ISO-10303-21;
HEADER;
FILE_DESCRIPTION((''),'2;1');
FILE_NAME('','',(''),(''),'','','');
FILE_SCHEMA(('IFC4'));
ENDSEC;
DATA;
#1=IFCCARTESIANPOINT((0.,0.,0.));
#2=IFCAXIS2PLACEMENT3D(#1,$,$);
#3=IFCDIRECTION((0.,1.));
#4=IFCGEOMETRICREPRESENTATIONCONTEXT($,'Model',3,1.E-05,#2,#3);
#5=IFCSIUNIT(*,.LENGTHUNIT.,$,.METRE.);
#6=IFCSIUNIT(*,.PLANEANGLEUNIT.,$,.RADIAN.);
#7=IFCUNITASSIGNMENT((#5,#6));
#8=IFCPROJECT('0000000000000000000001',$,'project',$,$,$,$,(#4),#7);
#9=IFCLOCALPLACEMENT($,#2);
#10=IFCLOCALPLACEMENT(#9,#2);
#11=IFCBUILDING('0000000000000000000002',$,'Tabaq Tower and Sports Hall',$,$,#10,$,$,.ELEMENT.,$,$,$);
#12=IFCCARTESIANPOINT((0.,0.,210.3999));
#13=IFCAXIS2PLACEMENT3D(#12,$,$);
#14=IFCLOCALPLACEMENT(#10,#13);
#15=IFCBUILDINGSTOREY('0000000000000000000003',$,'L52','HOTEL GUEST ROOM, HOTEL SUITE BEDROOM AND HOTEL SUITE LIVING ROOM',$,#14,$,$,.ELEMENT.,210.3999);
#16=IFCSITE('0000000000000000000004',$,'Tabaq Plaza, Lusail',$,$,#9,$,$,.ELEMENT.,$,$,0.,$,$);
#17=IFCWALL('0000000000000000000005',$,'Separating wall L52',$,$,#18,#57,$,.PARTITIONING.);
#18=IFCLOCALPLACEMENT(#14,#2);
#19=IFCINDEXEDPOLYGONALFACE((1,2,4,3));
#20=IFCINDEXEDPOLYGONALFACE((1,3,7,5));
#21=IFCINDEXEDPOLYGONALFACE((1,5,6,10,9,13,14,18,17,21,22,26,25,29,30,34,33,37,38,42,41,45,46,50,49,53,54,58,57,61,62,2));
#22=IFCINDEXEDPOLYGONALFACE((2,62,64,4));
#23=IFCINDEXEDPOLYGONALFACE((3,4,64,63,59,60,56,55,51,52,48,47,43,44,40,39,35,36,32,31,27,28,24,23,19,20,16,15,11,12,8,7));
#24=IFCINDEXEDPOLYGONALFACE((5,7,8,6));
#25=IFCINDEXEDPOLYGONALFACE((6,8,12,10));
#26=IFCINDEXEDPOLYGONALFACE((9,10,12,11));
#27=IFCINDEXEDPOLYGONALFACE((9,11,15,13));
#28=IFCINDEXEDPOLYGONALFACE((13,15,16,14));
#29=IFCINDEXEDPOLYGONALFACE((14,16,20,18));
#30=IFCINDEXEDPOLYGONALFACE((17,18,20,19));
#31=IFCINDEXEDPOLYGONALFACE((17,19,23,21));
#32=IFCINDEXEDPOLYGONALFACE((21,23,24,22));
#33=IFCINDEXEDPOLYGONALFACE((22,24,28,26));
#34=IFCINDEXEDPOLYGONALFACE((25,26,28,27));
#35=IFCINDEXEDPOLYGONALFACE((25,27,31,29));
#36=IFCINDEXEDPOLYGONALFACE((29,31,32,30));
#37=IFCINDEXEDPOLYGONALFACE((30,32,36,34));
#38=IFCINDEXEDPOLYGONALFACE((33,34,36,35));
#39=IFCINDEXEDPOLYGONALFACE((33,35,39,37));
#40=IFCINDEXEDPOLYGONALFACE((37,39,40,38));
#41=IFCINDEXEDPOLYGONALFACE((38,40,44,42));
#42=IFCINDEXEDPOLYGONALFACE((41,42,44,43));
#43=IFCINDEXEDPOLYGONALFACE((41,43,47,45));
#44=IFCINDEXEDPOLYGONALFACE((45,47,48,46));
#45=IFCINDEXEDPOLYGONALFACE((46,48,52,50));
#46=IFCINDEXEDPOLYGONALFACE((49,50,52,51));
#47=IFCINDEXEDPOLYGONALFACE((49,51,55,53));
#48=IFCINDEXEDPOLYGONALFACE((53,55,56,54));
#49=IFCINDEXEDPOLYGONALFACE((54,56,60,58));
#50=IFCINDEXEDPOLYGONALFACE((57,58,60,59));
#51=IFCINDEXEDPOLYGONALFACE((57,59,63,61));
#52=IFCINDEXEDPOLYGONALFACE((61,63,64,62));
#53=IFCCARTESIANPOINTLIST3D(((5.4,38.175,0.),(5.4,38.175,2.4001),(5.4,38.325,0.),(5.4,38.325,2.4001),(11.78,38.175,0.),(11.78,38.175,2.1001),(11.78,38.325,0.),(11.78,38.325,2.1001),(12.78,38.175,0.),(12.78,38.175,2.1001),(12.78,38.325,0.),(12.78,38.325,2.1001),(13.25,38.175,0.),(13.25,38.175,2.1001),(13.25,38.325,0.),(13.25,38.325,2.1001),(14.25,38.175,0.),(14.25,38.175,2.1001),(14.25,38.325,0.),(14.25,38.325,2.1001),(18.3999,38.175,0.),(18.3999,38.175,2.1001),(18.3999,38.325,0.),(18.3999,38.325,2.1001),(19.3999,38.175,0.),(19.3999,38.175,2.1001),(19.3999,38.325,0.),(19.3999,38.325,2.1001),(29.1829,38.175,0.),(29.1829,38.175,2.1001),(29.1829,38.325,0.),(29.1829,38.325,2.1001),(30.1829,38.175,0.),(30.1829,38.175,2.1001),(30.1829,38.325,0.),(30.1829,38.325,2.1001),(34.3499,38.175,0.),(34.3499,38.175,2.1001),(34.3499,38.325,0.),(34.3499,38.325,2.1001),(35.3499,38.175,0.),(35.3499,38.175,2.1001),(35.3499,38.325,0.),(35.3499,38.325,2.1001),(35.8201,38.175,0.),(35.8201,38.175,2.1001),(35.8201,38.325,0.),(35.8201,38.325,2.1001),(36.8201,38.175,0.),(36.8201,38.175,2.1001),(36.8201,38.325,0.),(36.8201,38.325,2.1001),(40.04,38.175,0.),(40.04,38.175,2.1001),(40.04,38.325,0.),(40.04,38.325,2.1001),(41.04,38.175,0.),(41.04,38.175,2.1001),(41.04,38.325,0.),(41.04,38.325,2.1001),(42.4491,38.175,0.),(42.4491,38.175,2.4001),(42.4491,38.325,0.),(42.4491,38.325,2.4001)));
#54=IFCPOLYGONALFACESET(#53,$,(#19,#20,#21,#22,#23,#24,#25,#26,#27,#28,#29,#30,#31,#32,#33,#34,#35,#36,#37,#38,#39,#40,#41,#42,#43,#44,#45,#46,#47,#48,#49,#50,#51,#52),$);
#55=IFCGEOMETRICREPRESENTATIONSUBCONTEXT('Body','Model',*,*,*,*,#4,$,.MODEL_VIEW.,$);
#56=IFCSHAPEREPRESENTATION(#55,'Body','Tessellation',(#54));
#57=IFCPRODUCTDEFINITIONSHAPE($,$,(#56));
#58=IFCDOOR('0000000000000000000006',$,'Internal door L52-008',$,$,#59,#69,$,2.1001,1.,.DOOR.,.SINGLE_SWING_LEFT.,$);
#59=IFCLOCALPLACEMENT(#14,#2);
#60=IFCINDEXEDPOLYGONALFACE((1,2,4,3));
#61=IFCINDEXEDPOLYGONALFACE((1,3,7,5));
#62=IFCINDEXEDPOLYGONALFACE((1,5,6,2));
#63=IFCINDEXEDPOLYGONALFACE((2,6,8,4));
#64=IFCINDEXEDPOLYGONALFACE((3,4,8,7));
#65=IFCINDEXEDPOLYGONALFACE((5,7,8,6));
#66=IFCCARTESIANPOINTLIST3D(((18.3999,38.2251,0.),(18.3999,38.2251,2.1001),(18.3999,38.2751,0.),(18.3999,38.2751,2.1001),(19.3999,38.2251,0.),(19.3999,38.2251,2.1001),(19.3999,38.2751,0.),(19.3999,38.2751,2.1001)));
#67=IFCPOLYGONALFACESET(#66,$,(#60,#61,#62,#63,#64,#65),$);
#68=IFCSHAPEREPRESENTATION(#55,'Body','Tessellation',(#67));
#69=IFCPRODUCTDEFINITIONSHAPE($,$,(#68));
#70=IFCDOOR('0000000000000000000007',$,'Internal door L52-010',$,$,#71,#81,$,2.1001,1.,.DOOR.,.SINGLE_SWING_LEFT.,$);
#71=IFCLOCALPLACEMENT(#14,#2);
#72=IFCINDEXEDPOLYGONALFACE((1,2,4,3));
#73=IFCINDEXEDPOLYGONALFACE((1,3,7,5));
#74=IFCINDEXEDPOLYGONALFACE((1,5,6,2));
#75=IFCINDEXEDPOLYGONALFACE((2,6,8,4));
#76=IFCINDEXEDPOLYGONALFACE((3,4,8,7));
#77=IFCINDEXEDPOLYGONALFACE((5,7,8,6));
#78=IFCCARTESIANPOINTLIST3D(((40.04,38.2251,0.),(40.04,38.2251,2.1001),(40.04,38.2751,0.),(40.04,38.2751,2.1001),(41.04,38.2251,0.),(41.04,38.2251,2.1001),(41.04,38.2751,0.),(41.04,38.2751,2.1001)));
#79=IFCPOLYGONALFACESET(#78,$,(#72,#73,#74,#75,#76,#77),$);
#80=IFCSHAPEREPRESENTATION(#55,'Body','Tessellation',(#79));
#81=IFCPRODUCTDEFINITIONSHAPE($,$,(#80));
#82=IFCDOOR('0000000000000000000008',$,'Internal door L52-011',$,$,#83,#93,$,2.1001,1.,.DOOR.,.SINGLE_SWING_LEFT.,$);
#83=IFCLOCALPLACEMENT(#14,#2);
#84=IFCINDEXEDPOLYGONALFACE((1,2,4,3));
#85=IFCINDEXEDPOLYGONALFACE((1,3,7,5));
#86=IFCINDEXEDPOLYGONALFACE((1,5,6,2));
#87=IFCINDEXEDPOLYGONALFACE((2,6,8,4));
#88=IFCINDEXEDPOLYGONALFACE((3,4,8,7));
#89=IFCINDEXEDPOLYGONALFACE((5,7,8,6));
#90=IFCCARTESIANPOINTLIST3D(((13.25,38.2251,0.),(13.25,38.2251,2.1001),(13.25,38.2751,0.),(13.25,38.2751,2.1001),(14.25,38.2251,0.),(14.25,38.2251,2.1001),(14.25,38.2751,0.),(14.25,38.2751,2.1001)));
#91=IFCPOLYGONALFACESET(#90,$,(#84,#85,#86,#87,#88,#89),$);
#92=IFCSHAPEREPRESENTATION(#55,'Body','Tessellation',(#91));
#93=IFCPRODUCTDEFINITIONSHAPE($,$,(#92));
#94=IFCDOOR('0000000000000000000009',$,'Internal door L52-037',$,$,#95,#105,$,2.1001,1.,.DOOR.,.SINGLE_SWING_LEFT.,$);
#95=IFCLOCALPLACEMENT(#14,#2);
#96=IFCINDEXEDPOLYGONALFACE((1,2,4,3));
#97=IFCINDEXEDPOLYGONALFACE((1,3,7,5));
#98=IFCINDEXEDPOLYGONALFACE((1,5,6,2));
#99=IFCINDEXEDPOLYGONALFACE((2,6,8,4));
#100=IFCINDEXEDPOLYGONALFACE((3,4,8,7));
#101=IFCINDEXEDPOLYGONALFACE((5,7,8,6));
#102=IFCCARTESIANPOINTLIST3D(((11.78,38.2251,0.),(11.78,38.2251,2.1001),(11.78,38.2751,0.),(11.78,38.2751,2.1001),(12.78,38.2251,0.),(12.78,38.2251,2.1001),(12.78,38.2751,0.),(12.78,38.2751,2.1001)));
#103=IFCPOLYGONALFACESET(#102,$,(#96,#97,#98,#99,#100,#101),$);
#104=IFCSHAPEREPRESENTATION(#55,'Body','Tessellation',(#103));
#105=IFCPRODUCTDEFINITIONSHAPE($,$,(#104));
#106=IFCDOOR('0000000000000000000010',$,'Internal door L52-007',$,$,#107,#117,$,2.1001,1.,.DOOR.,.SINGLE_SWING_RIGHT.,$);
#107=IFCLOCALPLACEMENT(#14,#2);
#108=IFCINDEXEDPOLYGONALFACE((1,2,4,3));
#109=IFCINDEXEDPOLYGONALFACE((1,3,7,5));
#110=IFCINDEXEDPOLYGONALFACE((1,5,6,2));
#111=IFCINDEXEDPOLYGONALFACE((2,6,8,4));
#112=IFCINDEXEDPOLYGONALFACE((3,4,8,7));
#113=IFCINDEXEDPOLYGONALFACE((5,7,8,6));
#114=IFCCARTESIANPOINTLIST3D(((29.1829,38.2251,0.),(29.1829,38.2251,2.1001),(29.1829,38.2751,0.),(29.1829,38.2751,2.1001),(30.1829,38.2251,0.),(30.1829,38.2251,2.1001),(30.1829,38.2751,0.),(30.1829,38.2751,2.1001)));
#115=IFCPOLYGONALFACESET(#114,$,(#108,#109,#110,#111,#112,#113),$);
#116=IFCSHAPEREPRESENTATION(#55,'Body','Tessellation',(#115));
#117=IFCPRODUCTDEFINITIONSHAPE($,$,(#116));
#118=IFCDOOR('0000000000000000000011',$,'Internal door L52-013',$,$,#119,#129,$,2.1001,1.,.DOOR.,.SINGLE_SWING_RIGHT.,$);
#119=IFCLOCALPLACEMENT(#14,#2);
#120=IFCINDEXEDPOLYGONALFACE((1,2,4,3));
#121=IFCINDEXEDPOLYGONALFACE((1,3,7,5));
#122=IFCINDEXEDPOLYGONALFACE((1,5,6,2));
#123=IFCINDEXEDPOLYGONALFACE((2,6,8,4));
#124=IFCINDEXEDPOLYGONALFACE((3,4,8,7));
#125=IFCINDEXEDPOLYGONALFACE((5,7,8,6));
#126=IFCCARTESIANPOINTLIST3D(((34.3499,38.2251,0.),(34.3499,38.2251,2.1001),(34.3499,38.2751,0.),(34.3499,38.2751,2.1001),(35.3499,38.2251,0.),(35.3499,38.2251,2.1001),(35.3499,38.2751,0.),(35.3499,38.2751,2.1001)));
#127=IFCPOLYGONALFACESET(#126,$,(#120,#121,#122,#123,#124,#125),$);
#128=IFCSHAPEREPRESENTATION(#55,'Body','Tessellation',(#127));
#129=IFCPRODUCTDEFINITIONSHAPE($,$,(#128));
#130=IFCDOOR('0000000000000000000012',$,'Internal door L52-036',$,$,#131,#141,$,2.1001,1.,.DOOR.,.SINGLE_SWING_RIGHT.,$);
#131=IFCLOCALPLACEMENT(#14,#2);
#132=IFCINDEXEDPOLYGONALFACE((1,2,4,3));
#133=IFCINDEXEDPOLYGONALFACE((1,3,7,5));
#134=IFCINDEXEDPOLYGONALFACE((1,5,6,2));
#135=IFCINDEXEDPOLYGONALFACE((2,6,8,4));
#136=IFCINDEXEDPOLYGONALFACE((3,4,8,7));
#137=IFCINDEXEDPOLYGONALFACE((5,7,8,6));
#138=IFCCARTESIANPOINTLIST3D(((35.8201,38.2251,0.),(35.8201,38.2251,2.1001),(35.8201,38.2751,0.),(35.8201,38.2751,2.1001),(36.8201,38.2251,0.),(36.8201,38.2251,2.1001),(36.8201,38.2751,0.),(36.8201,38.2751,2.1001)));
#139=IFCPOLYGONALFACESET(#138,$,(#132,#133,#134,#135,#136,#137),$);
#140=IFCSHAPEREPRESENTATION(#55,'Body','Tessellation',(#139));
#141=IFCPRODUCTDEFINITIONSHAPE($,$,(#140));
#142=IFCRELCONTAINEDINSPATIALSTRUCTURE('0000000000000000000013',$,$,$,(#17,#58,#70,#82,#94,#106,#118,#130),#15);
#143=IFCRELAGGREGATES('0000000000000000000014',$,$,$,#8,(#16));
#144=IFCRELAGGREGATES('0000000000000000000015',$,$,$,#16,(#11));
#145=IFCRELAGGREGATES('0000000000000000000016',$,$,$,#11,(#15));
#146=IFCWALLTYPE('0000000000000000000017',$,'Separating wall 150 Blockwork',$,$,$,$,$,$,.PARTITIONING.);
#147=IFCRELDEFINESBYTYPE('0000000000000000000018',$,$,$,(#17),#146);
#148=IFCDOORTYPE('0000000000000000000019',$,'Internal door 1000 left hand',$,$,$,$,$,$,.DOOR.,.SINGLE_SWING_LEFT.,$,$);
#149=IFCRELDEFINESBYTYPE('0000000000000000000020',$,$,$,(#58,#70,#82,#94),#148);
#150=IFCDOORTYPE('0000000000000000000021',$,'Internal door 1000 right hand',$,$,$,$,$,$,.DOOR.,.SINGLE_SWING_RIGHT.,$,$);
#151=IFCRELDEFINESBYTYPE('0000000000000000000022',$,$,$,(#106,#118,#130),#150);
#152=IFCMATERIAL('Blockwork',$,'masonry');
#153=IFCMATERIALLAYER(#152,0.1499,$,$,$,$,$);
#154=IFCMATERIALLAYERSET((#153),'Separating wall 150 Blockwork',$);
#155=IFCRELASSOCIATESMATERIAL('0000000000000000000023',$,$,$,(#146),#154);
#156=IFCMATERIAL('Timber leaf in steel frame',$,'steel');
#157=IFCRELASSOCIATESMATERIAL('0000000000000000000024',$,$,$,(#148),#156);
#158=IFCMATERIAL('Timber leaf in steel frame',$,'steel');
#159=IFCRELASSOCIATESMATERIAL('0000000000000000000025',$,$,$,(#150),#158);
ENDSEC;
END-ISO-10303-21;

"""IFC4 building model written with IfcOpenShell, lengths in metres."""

from ifc_helpers import new_model, si_unit, direction, frame, frame_2d, origin, place, context, subcontext, project, spatial, rectangle, extrude, material, layer, layer_set, type_object, element, fill, save


model = new_model("IFC4")

# Units and contexts
model_context = context("Model", 3, precision=1e-05, world=origin(), true_north=direction((0.0, 1.0)))
body_context = subcontext(model_context, "Body", "Model", "MODEL_VIEW")
ifc_project = project(units=[si_unit("LENGTHUNIT", "METRE"), si_unit("PLANEANGLEUNIT", "RADIAN")], contexts=[model_context])

# Site, building, storey
site_placement = place(None, origin())
site = spatial("IfcSite", under=ifc_project, at=site_placement, Name="Tabaq Plaza, Lusail", CompositionType="ELEMENT", RefElevation=0.0)
building_placement = place(site_placement, origin())
building = spatial("IfcBuilding", under=site, at=building_placement, Name="Tabaq Tower and Sports Hall", CompositionType="ELEMENT")
storey_placement = place(building_placement, frame((0.0, 0.0, 210.3999)))
storey = spatial("IfcBuildingStorey", under=building, at=storey_placement, Name="L52", Description="HOTEL GUEST ROOM, HOTEL SUITE BEDROOM AND HOTEL SUITE LIVING ROOM", CompositionType="ELEMENT", Elevation=210.3999)

# Wall, openings, doors
ifc_material_1 = material(Name="Blockwork", Category="masonry")
ifc_layer_1 = layer(ifc_material_1, 0.1499)
ifc_layer_set_1 = layer_set([ifc_layer_1], Name="Separating wall 150 Blockwork")
wall_type_1 = type_object("IfcWallType", Name="Separating wall 150 Blockwork", PredefinedType="PARTITIONING", material=ifc_layer_set_1)
wall_1_placement = place(storey_placement, frame((42.449, 38.25, 0.0), z_axis=(0.0, 0.0, 1.0), x_axis=(-1.0, 0.0, 0.0)))
wall_1 = element("IfcWall", 1, at=wall_1_placement, inside=storey, type_object=wall_type_1, Name="Separating wall L52", PredefinedType="PARTITIONING", context=body_context, shape_type="SweptSolid", body=[
    extrude(rectangle(XDim=37.0491, YDim=0.1499, at=frame_2d((18.5244, 0.0))), origin(), (0.0, 0.0, 1.0), 2.4001),
])
opening_1_placement = place(wall_1_placement, frame((12.2661, 0.0, 0.0)))
opening_1 = element("IfcOpeningElement", 2, at=opening_1_placement, cuts=wall_1, PredefinedType="OPENING", context=body_context, shape_type="SweptSolid", body=[
    extrude(rectangle(XDim=1.0, YDim=2.1001, at=frame_2d((0.5, 1.05))), frame((0.0, 0.075, 0.0), z_axis=(0.0, -1.0, 0.0), x_axis=(1.0, 0.0, 0.0)), (0.0, 0.0, 1.0), 0.1499),
])
opening_2_placement = place(wall_1_placement, frame((23.0491, 0.0, 0.0)))
opening_2 = element("IfcOpeningElement", 3, at=opening_2_placement, cuts=wall_1, PredefinedType="OPENING", context=body_context, shape_type="SweptSolid", body=[
    extrude(rectangle(XDim=1.0, YDim=2.1001, at=frame_2d((0.5, 1.05))), frame((0.0, 0.075, 0.0), z_axis=(0.0, -1.0, 0.0), x_axis=(1.0, 0.0, 0.0)), (0.0, 0.0, 1.0), 0.1499),
])
opening_3_placement = place(wall_1_placement, frame((1.4089, 0.0, 0.0)))
opening_3 = element("IfcOpeningElement", 4, at=opening_3_placement, cuts=wall_1, PredefinedType="OPENING", context=body_context, shape_type="SweptSolid", body=[
    extrude(rectangle(XDim=1.0, YDim=2.1001, at=frame_2d((0.5, 1.05))), frame((0.0, 0.075, 0.0), z_axis=(0.0, -1.0, 0.0), x_axis=(1.0, 0.0, 0.0)), (0.0, 0.0, 1.0), 0.1499),
])
opening_4_placement = place(wall_1_placement, frame((28.199, 0.0, 0.0)))
opening_4 = element("IfcOpeningElement", 5, at=opening_4_placement, cuts=wall_1, PredefinedType="OPENING", context=body_context, shape_type="SweptSolid", body=[
    extrude(rectangle(XDim=1.0, YDim=2.1001, at=frame_2d((0.5, 1.05))), frame((0.0, 0.075, 0.0), z_axis=(0.0, -1.0, 0.0), x_axis=(1.0, 0.0, 0.0)), (0.0, 0.0, 1.0), 0.1499),
])
opening_5_placement = place(wall_1_placement, frame((7.0991, 0.0, 0.0)))
opening_5 = element("IfcOpeningElement", 6, at=opening_5_placement, cuts=wall_1, PredefinedType="OPENING", context=body_context, shape_type="SweptSolid", body=[
    extrude(rectangle(XDim=1.0, YDim=2.1001, at=frame_2d((0.5, 1.05))), frame((0.0, 0.075, 0.0), z_axis=(0.0, -1.0, 0.0), x_axis=(1.0, 0.0, 0.0)), (0.0, 0.0, 1.0), 0.1499),
])
opening_6_placement = place(wall_1_placement, frame((5.6289, 0.0, 0.0)))
opening_6 = element("IfcOpeningElement", 7, at=opening_6_placement, cuts=wall_1, PredefinedType="OPENING", context=body_context, shape_type="SweptSolid", body=[
    extrude(rectangle(XDim=1.0, YDim=2.1001, at=frame_2d((0.5, 1.05))), frame((0.0, 0.075, 0.0), z_axis=(0.0, -1.0, 0.0), x_axis=(1.0, 0.0, 0.0)), (0.0, 0.0, 1.0), 0.1499),
])
opening_7_placement = place(wall_1_placement, frame((29.6689, 0.0, 0.0)))
opening_7 = element("IfcOpeningElement", 8, at=opening_7_placement, cuts=wall_1, PredefinedType="OPENING", context=body_context, shape_type="SweptSolid", body=[
    extrude(rectangle(XDim=1.0, YDim=2.1001, at=frame_2d((0.5, 1.05))), frame((0.0, 0.075, 0.0), z_axis=(0.0, -1.0, 0.0), x_axis=(1.0, 0.0, 0.0)), (0.0, 0.0, 1.0), 0.1499),
])
ifc_material_2 = material(Name="Timber leaf in steel frame", Category="steel")
door_type_1 = type_object("IfcDoorType", Name="Internal door 1000 left hand", OperationType="SINGLE_SWING_LEFT", PredefinedType="DOOR", material=ifc_material_2)
door_1_placement = place(opening_2_placement, origin())
door_1 = element("IfcDoor", 9, at=door_1_placement, inside=storey, type_object=door_type_1, Name="Internal door L52-008", OperationType="SINGLE_SWING_LEFT", OverallHeight=2.1001, OverallWidth=1.0, PredefinedType="DOOR", context=body_context, shape_type="SweptSolid", body=[
    extrude(rectangle(XDim=1.0, YDim=2.1001, at=frame_2d((0.5, 1.05))), frame((0.0, 0.0249, 0.0), z_axis=(0.0, -1.0, 0.0), x_axis=(1.0, 0.0, 0.0)), (0.0, 0.0, 1.0), 0.05),
])
fill(opening_2, door_1)
door_2_placement = place(opening_3_placement, origin())
door_2 = element("IfcDoor", 10, at=door_2_placement, inside=storey, type_object=door_type_1, Name="Internal door L52-010", OperationType="SINGLE_SWING_LEFT", OverallHeight=2.1001, OverallWidth=1.0, PredefinedType="DOOR", context=body_context, shape_type="SweptSolid", body=[
    extrude(rectangle(XDim=1.0, YDim=2.1001, at=frame_2d((0.5, 1.05))), frame((0.0, 0.0249, 0.0), z_axis=(0.0, -1.0, 0.0), x_axis=(1.0, 0.0, 0.0)), (0.0, 0.0, 1.0), 0.05),
])
fill(opening_3, door_2)
door_3_placement = place(opening_4_placement, origin())
door_3 = element("IfcDoor", 11, at=door_3_placement, inside=storey, type_object=door_type_1, Name="Internal door L52-011", OperationType="SINGLE_SWING_LEFT", OverallHeight=2.1001, OverallWidth=1.0, PredefinedType="DOOR", context=body_context, shape_type="SweptSolid", body=[
    extrude(rectangle(XDim=1.0, YDim=2.1001, at=frame_2d((0.5, 1.05))), frame((0.0, 0.0249, 0.0), z_axis=(0.0, -1.0, 0.0), x_axis=(1.0, 0.0, 0.0)), (0.0, 0.0, 1.0), 0.05),
])
fill(opening_4, door_3)
door_4_placement = place(opening_7_placement, origin())
door_4 = element("IfcDoor", 12, at=door_4_placement, inside=storey, type_object=door_type_1, Name="Internal door L52-037", OperationType="SINGLE_SWING_LEFT", OverallHeight=2.1001, OverallWidth=1.0, PredefinedType="DOOR", context=body_context, shape_type="SweptSolid", body=[
    extrude(rectangle(XDim=1.0, YDim=2.1001, at=frame_2d((0.5, 1.05))), frame((0.0, 0.0249, 0.0), z_axis=(0.0, -1.0, 0.0), x_axis=(1.0, 0.0, 0.0)), (0.0, 0.0, 1.0), 0.05),
])
fill(opening_7, door_4)
ifc_material_3 = material(Name="Timber leaf in steel frame", Category="steel")
door_type_2 = type_object("IfcDoorType", Name="Internal door 1000 right hand", OperationType="SINGLE_SWING_RIGHT", PredefinedType="DOOR", material=ifc_material_3)
door_5_placement = place(opening_1_placement, origin())
door_5 = element("IfcDoor", 13, at=door_5_placement, inside=storey, type_object=door_type_2, Name="Internal door L52-007", OperationType="SINGLE_SWING_RIGHT", OverallHeight=2.1001, OverallWidth=1.0, PredefinedType="DOOR", context=body_context, shape_type="SweptSolid", body=[
    extrude(rectangle(XDim=1.0, YDim=2.1001, at=frame_2d((0.5, 1.05))), frame((0.0, 0.0249, 0.0), z_axis=(0.0, -1.0, 0.0), x_axis=(1.0, 0.0, 0.0)), (0.0, 0.0, 1.0), 0.05),
])
fill(opening_1, door_5)
door_6_placement = place(opening_5_placement, origin())
door_6 = element("IfcDoor", 14, at=door_6_placement, inside=storey, type_object=door_type_2, Name="Internal door L52-013", OperationType="SINGLE_SWING_RIGHT", OverallHeight=2.1001, OverallWidth=1.0, PredefinedType="DOOR", context=body_context, shape_type="SweptSolid", body=[
    extrude(rectangle(XDim=1.0, YDim=2.1001, at=frame_2d((0.5, 1.05))), frame((0.0, 0.0249, 0.0), z_axis=(0.0, -1.0, 0.0), x_axis=(1.0, 0.0, 0.0)), (0.0, 0.0, 1.0), 0.05),
])
fill(opening_5, door_6)
door_7_placement = place(opening_6_placement, origin())
door_7 = element("IfcDoor", 15, at=door_7_placement, inside=storey, type_object=door_type_2, Name="Internal door L52-036", OperationType="SINGLE_SWING_RIGHT", OverallHeight=2.1001, OverallWidth=1.0, PredefinedType="DOOR", context=body_context, shape_type="SweptSolid", body=[
    extrude(rectangle(XDim=1.0, YDim=2.1001, at=frame_2d((0.5, 1.05))), frame((0.0, 0.0249, 0.0), z_axis=(0.0, -1.0, 0.0), x_axis=(1.0, 0.0, 0.0)), (0.0, 0.0, 1.0), 0.05),
])
fill(opening_6, door_7)

save(model, "model.ifc")
